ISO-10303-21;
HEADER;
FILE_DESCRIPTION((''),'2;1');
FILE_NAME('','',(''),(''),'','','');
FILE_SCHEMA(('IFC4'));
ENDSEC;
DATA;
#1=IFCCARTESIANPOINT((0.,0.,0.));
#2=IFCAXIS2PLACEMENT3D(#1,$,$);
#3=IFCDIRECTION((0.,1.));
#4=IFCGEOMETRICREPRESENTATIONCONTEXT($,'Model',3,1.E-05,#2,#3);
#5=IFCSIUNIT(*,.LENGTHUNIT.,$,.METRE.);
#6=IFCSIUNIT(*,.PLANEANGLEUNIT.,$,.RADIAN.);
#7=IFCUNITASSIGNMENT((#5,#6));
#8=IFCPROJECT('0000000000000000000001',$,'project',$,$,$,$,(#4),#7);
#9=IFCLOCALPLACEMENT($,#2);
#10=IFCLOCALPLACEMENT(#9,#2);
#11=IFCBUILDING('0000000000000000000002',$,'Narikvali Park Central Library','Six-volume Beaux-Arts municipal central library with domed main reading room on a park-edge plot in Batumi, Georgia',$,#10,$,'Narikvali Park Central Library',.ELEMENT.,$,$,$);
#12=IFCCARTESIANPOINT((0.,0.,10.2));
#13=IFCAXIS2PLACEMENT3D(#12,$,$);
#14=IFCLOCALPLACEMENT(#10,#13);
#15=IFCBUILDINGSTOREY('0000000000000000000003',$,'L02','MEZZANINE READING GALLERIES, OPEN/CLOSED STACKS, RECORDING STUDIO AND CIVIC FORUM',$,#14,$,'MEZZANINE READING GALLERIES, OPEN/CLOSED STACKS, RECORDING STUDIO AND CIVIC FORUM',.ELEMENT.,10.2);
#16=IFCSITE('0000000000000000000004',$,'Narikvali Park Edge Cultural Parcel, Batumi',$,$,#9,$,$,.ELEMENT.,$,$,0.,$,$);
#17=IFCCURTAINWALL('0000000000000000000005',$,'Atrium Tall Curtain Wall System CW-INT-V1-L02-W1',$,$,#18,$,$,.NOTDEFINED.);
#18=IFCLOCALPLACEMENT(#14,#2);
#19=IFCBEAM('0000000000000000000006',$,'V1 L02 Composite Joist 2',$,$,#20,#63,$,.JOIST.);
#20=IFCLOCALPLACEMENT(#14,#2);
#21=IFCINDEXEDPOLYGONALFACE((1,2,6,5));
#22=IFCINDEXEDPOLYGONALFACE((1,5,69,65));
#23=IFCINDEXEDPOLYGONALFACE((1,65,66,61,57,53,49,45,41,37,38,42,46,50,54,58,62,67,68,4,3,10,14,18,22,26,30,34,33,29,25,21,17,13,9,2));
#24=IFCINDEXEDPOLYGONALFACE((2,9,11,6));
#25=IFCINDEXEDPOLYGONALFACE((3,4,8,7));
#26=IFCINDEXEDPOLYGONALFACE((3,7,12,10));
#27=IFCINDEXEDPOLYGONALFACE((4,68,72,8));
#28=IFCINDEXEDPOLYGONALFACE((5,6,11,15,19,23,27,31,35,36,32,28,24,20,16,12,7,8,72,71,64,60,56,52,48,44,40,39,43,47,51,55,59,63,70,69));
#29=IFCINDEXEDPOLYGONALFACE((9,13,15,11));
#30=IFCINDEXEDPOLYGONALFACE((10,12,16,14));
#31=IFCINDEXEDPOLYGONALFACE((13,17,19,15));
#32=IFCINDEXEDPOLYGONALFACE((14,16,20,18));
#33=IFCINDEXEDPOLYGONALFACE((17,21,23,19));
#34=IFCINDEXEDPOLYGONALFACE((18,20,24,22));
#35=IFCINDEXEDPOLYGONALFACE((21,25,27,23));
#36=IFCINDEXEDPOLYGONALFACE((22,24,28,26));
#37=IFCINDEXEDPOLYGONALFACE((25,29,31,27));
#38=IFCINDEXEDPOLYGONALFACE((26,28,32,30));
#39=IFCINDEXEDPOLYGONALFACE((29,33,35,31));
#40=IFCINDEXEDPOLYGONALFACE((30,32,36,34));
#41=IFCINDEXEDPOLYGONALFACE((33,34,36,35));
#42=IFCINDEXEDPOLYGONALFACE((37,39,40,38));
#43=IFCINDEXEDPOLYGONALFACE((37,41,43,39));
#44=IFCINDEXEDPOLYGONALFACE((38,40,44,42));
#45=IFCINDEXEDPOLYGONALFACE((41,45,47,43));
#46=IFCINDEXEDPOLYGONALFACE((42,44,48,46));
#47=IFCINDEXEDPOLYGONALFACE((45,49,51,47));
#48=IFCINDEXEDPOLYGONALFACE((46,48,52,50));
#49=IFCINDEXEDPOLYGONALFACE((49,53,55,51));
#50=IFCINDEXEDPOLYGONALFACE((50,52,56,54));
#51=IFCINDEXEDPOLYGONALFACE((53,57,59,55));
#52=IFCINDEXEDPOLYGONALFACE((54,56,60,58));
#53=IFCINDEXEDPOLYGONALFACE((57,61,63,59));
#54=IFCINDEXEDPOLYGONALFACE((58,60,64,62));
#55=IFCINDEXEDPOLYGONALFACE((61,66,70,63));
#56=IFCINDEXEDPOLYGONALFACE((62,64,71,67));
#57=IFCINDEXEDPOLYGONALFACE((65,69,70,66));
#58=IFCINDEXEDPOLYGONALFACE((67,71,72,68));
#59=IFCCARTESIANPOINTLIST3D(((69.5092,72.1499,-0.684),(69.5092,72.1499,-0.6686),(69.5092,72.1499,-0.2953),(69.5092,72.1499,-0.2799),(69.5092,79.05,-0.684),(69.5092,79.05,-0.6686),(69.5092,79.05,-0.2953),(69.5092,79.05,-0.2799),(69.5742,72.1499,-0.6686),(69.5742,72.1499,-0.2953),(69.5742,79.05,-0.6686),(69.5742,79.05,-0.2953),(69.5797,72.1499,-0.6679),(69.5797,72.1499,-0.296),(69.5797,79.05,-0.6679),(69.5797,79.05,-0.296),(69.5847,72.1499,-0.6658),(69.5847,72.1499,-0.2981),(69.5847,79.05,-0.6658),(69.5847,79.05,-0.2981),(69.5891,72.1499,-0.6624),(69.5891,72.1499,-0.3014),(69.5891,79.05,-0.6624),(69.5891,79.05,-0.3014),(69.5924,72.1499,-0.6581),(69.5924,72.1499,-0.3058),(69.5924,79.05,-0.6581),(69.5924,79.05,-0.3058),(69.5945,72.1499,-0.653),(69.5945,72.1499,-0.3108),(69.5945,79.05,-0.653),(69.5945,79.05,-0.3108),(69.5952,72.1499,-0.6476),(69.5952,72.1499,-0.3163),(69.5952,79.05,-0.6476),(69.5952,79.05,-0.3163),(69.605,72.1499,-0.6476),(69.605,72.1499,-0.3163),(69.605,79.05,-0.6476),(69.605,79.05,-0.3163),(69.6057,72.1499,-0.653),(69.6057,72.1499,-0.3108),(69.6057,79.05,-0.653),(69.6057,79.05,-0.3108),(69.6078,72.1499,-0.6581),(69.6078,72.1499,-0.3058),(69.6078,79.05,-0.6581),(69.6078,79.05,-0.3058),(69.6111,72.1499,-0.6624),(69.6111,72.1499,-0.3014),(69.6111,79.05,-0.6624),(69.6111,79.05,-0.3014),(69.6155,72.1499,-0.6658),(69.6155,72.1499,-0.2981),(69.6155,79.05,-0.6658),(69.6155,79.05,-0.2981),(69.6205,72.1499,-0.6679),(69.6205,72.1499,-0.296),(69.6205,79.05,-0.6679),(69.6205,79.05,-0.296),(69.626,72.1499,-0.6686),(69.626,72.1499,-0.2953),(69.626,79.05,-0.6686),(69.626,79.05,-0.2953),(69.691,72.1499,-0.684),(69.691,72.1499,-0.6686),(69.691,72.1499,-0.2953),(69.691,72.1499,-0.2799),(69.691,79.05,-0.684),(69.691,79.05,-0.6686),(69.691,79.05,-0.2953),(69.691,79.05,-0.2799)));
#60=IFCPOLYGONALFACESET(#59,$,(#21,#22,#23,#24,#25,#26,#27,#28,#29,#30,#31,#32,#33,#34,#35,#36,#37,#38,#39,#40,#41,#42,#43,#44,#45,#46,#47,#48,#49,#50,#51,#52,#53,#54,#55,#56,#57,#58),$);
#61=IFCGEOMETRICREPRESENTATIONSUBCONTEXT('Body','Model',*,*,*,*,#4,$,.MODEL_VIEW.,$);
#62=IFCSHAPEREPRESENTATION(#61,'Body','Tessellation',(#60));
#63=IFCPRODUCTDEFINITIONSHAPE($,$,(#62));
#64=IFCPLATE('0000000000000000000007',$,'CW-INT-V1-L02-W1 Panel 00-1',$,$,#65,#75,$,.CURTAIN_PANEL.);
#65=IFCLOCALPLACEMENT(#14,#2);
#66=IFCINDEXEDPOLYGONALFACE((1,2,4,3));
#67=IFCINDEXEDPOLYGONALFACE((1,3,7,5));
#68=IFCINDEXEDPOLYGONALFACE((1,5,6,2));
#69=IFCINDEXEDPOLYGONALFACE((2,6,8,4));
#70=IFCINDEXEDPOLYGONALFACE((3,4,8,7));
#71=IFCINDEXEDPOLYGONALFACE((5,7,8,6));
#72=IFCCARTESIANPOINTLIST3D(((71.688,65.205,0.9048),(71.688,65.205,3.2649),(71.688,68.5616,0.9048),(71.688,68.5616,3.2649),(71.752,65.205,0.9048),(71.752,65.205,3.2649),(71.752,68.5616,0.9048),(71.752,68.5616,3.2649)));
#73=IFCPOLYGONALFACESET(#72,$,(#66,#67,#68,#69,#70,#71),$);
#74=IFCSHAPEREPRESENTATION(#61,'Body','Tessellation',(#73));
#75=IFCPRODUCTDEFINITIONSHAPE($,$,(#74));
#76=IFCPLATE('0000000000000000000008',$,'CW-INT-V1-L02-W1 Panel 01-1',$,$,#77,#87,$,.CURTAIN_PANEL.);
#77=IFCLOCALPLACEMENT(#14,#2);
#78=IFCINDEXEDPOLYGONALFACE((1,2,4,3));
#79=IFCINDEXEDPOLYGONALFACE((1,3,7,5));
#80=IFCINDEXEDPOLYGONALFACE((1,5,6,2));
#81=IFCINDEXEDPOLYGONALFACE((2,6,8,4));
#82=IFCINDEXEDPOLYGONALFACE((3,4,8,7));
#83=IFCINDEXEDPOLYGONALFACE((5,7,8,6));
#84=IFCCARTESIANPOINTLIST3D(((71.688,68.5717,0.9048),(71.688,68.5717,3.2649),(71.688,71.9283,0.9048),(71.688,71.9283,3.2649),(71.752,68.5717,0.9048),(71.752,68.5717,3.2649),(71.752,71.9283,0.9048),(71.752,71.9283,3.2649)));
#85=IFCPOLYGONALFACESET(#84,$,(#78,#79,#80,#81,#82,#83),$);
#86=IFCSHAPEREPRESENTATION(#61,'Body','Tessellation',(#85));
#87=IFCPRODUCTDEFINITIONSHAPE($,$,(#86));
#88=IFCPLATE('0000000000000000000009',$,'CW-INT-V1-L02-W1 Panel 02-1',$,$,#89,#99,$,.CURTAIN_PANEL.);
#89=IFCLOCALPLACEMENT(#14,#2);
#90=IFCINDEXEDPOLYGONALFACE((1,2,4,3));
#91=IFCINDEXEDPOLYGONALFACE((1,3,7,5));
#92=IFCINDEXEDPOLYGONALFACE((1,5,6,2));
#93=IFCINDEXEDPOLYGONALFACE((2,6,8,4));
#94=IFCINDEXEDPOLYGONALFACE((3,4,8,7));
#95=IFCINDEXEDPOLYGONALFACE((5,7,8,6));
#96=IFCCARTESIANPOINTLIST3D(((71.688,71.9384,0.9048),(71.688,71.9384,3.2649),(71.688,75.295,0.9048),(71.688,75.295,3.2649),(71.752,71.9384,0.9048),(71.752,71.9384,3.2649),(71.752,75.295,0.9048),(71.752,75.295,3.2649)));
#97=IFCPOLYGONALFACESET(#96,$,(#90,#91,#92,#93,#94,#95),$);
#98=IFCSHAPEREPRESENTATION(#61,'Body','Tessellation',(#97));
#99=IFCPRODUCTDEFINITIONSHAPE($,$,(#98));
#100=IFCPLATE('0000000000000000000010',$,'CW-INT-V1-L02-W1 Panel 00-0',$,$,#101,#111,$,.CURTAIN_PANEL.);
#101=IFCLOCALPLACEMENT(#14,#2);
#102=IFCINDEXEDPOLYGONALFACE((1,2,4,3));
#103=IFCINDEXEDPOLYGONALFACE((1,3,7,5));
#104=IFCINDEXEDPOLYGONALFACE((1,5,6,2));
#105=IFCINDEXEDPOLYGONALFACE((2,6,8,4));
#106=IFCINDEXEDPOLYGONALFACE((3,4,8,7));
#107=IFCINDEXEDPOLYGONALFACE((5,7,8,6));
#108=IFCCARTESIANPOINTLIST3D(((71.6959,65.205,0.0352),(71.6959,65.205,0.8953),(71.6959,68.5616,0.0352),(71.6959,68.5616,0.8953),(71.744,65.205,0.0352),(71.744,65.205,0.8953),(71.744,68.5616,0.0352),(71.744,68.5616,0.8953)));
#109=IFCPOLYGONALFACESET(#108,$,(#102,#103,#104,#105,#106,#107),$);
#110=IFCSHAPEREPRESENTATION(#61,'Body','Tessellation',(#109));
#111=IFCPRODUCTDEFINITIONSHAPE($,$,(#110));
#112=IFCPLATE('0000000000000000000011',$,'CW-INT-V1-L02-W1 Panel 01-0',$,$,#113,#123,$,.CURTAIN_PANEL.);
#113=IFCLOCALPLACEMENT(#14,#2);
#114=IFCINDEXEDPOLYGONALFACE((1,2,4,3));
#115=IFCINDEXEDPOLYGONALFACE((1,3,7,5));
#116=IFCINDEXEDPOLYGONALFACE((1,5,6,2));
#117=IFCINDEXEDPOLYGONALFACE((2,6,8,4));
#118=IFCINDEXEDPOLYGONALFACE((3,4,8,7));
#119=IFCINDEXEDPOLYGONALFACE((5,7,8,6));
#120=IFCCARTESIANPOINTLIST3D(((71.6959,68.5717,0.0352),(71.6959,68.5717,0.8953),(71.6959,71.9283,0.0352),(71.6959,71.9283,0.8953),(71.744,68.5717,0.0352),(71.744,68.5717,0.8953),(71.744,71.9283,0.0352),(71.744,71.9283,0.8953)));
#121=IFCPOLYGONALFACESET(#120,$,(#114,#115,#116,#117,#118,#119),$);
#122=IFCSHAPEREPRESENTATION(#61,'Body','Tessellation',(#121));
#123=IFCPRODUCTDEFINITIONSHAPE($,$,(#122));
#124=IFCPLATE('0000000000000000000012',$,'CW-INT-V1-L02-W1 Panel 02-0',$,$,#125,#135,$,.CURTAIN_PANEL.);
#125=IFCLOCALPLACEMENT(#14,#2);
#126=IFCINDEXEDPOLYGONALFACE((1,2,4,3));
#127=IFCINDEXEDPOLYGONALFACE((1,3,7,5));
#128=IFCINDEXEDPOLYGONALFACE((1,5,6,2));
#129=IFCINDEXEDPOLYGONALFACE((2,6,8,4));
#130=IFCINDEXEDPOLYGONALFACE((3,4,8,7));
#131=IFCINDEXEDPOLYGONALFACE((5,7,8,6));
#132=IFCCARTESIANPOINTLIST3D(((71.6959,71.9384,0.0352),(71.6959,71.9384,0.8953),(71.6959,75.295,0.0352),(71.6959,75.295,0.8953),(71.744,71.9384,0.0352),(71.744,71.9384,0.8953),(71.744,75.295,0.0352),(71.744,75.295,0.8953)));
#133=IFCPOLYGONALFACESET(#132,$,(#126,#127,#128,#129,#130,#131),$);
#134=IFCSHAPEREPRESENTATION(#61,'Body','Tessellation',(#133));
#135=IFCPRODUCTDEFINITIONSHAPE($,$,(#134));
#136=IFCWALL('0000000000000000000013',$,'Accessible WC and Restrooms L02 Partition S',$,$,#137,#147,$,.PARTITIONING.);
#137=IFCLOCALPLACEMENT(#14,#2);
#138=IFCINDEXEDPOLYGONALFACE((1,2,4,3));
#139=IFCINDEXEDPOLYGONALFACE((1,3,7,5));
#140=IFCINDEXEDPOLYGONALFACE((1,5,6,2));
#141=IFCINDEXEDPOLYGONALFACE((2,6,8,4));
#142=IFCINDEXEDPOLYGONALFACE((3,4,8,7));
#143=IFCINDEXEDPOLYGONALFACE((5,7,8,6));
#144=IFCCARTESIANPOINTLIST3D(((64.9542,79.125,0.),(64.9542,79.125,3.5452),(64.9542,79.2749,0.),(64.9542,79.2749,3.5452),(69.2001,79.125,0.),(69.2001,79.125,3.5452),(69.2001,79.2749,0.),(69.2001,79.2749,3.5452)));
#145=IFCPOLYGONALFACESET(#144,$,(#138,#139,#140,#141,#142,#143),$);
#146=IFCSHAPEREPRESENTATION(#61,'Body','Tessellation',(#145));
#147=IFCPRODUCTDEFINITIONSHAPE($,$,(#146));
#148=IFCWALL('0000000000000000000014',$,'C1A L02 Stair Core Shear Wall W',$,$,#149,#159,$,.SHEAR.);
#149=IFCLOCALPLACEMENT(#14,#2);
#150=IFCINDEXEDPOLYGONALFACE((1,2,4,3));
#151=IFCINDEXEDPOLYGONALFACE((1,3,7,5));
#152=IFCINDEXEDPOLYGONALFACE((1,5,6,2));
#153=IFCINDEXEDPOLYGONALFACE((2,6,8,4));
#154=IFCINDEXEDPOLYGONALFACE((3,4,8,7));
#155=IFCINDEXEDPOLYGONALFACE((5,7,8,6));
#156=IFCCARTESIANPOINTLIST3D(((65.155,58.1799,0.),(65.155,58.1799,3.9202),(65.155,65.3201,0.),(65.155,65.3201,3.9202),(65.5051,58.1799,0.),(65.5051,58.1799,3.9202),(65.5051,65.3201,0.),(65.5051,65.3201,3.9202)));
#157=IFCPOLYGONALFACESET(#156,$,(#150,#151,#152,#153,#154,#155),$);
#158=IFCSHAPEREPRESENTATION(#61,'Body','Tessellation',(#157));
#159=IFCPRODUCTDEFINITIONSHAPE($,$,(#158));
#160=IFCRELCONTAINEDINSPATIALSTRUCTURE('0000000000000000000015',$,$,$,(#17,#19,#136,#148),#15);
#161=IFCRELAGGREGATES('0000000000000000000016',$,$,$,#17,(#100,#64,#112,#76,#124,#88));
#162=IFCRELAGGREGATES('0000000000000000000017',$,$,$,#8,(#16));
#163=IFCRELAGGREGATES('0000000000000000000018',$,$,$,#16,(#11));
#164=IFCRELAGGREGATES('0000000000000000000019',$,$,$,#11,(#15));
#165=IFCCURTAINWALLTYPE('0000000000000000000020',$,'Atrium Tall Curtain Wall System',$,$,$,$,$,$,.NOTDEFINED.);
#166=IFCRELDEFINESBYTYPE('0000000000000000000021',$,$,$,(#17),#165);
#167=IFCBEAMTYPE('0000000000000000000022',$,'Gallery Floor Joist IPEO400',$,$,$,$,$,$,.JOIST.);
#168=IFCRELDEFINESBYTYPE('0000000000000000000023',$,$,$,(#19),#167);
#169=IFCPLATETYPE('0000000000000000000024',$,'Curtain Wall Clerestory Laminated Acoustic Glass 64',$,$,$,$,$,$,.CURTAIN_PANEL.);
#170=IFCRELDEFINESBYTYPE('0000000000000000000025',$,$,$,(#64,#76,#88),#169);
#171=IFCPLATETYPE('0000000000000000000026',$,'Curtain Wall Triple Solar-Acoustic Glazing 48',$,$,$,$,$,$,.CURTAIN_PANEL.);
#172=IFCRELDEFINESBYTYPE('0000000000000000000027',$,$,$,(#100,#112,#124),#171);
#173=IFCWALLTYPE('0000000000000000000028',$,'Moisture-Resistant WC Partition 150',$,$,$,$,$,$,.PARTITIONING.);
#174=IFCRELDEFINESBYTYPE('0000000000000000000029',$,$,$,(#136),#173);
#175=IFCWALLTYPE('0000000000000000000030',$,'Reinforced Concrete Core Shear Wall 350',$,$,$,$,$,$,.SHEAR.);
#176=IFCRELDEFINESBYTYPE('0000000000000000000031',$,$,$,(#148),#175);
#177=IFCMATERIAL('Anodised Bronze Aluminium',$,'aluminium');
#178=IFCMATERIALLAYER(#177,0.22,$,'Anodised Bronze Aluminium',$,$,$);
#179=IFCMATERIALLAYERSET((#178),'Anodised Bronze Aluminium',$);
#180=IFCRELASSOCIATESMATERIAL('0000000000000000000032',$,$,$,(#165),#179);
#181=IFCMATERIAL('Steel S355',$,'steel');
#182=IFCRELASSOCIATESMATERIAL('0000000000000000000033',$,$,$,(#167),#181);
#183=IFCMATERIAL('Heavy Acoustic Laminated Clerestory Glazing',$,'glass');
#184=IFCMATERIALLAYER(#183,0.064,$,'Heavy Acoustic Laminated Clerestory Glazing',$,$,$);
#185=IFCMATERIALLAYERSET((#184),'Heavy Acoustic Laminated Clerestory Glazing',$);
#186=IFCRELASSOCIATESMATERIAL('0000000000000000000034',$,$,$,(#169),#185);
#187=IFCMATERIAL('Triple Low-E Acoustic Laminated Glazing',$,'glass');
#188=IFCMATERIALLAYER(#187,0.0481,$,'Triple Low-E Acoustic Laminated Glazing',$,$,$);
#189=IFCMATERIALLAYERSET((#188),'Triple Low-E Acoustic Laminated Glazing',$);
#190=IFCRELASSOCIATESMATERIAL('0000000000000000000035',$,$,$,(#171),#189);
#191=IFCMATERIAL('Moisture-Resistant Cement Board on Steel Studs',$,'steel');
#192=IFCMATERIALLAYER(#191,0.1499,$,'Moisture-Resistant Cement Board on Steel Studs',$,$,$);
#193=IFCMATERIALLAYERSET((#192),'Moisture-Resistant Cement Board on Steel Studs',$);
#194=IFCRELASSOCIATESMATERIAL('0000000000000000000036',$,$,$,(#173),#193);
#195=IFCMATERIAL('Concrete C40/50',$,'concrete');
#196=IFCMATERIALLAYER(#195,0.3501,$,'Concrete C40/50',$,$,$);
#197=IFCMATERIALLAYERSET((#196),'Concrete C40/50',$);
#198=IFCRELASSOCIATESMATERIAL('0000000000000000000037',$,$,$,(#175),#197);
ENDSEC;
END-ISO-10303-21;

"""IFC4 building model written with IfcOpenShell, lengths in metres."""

from ifc_helpers import new_model, si_unit, direction, frame, frame_2d, origin, origin_2d, place, context, subcontext, project, spatial, rectangle, i_section, extrude, material, layer, layer_set, material_profile, profile_set, type_object, element, aggregate, save


model = new_model("IFC4")

# Units and contexts
model_context = context("Model", 3, precision=1e-05, world=origin(), true_north=direction((0.0, 1.0)))
body_context = subcontext(model_context, "Body", "Model", "MODEL_VIEW")
ifc_project = project(units=[si_unit("LENGTHUNIT", "METRE"), si_unit("PLANEANGLEUNIT", "RADIAN")], contexts=[model_context])

# Site, building, storey
site_placement = place(None, origin())
site = spatial("IfcSite", under=ifc_project, at=site_placement, Name="Narikvali Park Edge Cultural Parcel, Batumi", CompositionType="ELEMENT", RefElevation=0.0)
building_placement = place(site_placement, origin())
building = spatial("IfcBuilding", under=site, at=building_placement, Name="Narikvali Park Central Library", Description="Six-volume Beaux-Arts municipal central library with domed main reading room on a park-edge plot in Batumi, Georgia", LongName="Narikvali Park Central Library", CompositionType="ELEMENT")
storey_placement = place(building_placement, frame((0.0, 0.0, 10.2)))
storey = spatial("IfcBuildingStorey", under=building, at=storey_placement, Name="L02", Description="MEZZANINE READING GALLERIES, OPEN/CLOSED STACKS, RECORDING STUDIO AND CIVIC FORUM", LongName="MEZZANINE READING GALLERIES, OPEN/CLOSED STACKS, RECORDING STUDIO AND CIVIC FORUM", CompositionType="ELEMENT", Elevation=10.2)

# Shared definitions
ifc_material_1 = material(Name="Steel S355", Category="steel")

# Curtain wall
ifc_material_2 = material(Name="Anodised Bronze Aluminium", Category="aluminium")
ifc_layer_1 = layer(ifc_material_2, 0.22, Name="Anodised Bronze Aluminium")
ifc_layer_set_1 = layer_set([ifc_layer_1], Name="Anodised Bronze Aluminium")
curtain_wall_type = type_object("IfcCurtainWallType", Name="Atrium Tall Curtain Wall System", PredefinedType="NOTDEFINED", material=ifc_layer_set_1)
curtain_wall_1_placement = place(storey_placement, origin())
curtain_wall_1 = element("IfcCurtainWall", 1, at=curtain_wall_1_placement, inside=storey, type_object=curtain_wall_type, Name="Atrium Tall Curtain Wall System CW-INT-V1-L02-W1", PredefinedType="NOTDEFINED")

# Beam
ifc_material_profile_1 = material_profile(ifc_material_1, i_section(OverallWidth=0.1819, OverallDepth=0.4041, WebThickness=0.0098, FlangeThickness=0.0154, FilletRadius=0.021, at=origin_2d()), Name="IPEO 400")
ifc_profile_set_1 = profile_set([ifc_material_profile_1], Name="Steel S355")
beam_type_1 = type_object("IfcBeamType", Name="Gallery Floor Joist IPEO400", PredefinedType="JOIST", material=ifc_profile_set_1)
for number, where, z_axis, x_axis, name in (
    (2, (69.6001, 72.1499, -0.4819), (0.0, 1.0, 0.0), (-1.0, 0.0, 0.0), "V1 L02 Composite Joist 2"),
):
    element("IfcBeam", number, at=place(storey_placement, frame(where, z_axis=z_axis, x_axis=x_axis)), inside=storey, type_object=beam_type_1, Name=name, PredefinedType="JOIST", context=body_context, shape_type="SweptSolid", body=[
        extrude(i_section(OverallWidth=0.1819, OverallDepth=0.4041, WebThickness=0.0098, FlangeThickness=0.0154, FilletRadius=0.021, at=origin_2d()), origin(), (0.0, 0.0, 1.0), 6.9001),
    ])

# Plates
ifc_material_3 = material(Name="Heavy Acoustic Laminated Clerestory Glazing", Category="glass")
ifc_layer_2 = layer(ifc_material_3, 0.064, Name="Heavy Acoustic Laminated Clerestory Glazing")
ifc_layer_set_2 = layer_set([ifc_layer_2], Name="Heavy Acoustic Laminated Clerestory Glazing")
plate_type_1 = type_object("IfcPlateType", Name="Curtain Wall Clerestory Laminated Acoustic Glass 64", PredefinedType="CURTAIN_PANEL", material=ifc_layer_set_2)
plate_1_placement = place(storey_placement, frame((71.72, 66.8833, 0.9048), z_axis=(0.0, 0.0, 1.0), x_axis=(0.0, 1.0, 0.0)))
plate_1 = element("IfcPlate", 3, at=plate_1_placement, type_object=plate_type_1, Name="CW-INT-V1-L02-W1 Panel 00-1", PredefinedType="CURTAIN_PANEL", context=body_context, shape_type="SweptSolid", body=[
    extrude(rectangle(XDim=3.3567, YDim=0.064, at=origin_2d()), origin(), (0.0, 0.0, 1.0), 2.3601),
])
plate_2_placement = place(storey_placement, frame((71.72, 70.25, 0.9048), z_axis=(0.0, 0.0, 1.0), x_axis=(0.0, 1.0, 0.0)))
plate_2 = element("IfcPlate", 4, at=plate_2_placement, type_object=plate_type_1, Name="CW-INT-V1-L02-W1 Panel 01-1", PredefinedType="CURTAIN_PANEL", context=body_context, shape_type="SweptSolid", body=[
    extrude(rectangle(XDim=3.3567, YDim=0.064, at=origin_2d()), origin(), (0.0, 0.0, 1.0), 2.3601),
])
plate_3_placement = place(storey_placement, frame((71.72, 73.6167, 0.9048), z_axis=(0.0, 0.0, 1.0), x_axis=(0.0, 1.0, 0.0)))
plate_3 = element("IfcPlate", 5, at=plate_3_placement, type_object=plate_type_1, Name="CW-INT-V1-L02-W1 Panel 02-1", PredefinedType="CURTAIN_PANEL", context=body_context, shape_type="SweptSolid", body=[
    extrude(rectangle(XDim=3.3567, YDim=0.064, at=origin_2d()), origin(), (0.0, 0.0, 1.0), 2.3601),
])
ifc_material_4 = material(Name="Triple Low-E Acoustic Laminated Glazing", Category="glass")
ifc_layer_3 = layer(ifc_material_4, 0.0481, Name="Triple Low-E Acoustic Laminated Glazing")
ifc_layer_set_3 = layer_set([ifc_layer_3], Name="Triple Low-E Acoustic Laminated Glazing")
plate_type_2 = type_object("IfcPlateType", Name="Curtain Wall Triple Solar-Acoustic Glazing 48", PredefinedType="CURTAIN_PANEL", material=ifc_layer_set_3)
plate_4_placement = place(storey_placement, frame((71.72, 66.8833, 0.0352), z_axis=(0.0, 0.0, 1.0), x_axis=(0.0, 1.0, 0.0)))
plate_4 = element("IfcPlate", 6, at=plate_4_placement, type_object=plate_type_2, Name="CW-INT-V1-L02-W1 Panel 00-0", PredefinedType="CURTAIN_PANEL", context=body_context, shape_type="SweptSolid", body=[
    extrude(rectangle(XDim=3.3567, YDim=0.0481, at=origin_2d()), origin(), (0.0, 0.0, 1.0), 0.8601),
])
plate_5_placement = place(storey_placement, frame((71.72, 70.25, 0.0352), z_axis=(0.0, 0.0, 1.0), x_axis=(0.0, 1.0, 0.0)))
plate_5 = element("IfcPlate", 7, at=plate_5_placement, type_object=plate_type_2, Name="CW-INT-V1-L02-W1 Panel 01-0", PredefinedType="CURTAIN_PANEL", context=body_context, shape_type="SweptSolid", body=[
    extrude(rectangle(XDim=3.3567, YDim=0.0481, at=origin_2d()), origin(), (0.0, 0.0, 1.0), 0.8601),
])
plate_6_placement = place(storey_placement, frame((71.72, 73.6167, 0.0352), z_axis=(0.0, 0.0, 1.0), x_axis=(0.0, 1.0, 0.0)))
plate_6 = element("IfcPlate", 8, at=plate_6_placement, type_object=plate_type_2, Name="CW-INT-V1-L02-W1 Panel 02-0", PredefinedType="CURTAIN_PANEL", context=body_context, shape_type="SweptSolid", body=[
    extrude(rectangle(XDim=3.3567, YDim=0.0481, at=origin_2d()), origin(), (0.0, 0.0, 1.0), 0.8601),
])
aggregate(curtain_wall_1, [plate_4, plate_1, plate_5, plate_2, plate_6, plate_3])

# Wall
ifc_material_5 = material(Name="Moisture-Resistant Cement Board on Steel Studs", Category="steel")
ifc_layer_4 = layer(ifc_material_5, 0.1499, Name="Moisture-Resistant Cement Board on Steel Studs")
ifc_layer_set_4 = layer_set([ifc_layer_4], Name="Moisture-Resistant Cement Board on Steel Studs")
wall_type_1 = type_object("IfcWallType", Name="Moisture-Resistant WC Partition 150", PredefinedType="PARTITIONING", material=ifc_layer_set_4)
wall_1_placement = place(storey_placement, frame((64.9541, 79.2, 0.0), z_axis=(0.0, 0.0, 1.0), x_axis=(1.0, 0.0, 0.0)))
element("IfcWall", 9, at=wall_1_placement, inside=storey, type_object=wall_type_1, Name="Accessible WC and Restrooms L02 Partition S", PredefinedType="PARTITIONING", context=body_context, shape_type="SweptSolid", body=[
    extrude(rectangle(XDim=4.2458, YDim=0.1499, at=frame_2d((2.123, 0.0))), origin(), (0.0, 0.0, 1.0), 3.5452),
])

# Shared definitions
ifc_material_6 = material(Name="Concrete C40/50", Category="concrete")
ifc_layer_5 = layer(ifc_material_6, 0.3501, Name="Concrete C40/50")
ifc_layer_set_5 = layer_set([ifc_layer_5], Name="Concrete C40/50")
wall_type_2 = type_object("IfcWallType", Name="Reinforced Concrete Core Shear Wall 350", PredefinedType="SHEAR", material=ifc_layer_set_5)

# Wall
wall_2_placement = place(storey_placement, frame((65.3301, 65.3201, 0.0), z_axis=(0.0, 0.0, 1.0), x_axis=(0.0, -1.0, 0.0)))
element("IfcWall", 10, at=wall_2_placement, inside=storey, type_object=wall_type_2, Name="C1A L02 Stair Core Shear Wall W", PredefinedType="SHEAR", context=body_context, shape_type="SweptSolid", body=[
    extrude(rectangle(XDim=7.1401, YDim=0.3501, at=frame_2d((3.5701, 0.0))), origin(), (0.0, 0.0, 1.0), 3.9202),
])

save(model, "model.ifc")
